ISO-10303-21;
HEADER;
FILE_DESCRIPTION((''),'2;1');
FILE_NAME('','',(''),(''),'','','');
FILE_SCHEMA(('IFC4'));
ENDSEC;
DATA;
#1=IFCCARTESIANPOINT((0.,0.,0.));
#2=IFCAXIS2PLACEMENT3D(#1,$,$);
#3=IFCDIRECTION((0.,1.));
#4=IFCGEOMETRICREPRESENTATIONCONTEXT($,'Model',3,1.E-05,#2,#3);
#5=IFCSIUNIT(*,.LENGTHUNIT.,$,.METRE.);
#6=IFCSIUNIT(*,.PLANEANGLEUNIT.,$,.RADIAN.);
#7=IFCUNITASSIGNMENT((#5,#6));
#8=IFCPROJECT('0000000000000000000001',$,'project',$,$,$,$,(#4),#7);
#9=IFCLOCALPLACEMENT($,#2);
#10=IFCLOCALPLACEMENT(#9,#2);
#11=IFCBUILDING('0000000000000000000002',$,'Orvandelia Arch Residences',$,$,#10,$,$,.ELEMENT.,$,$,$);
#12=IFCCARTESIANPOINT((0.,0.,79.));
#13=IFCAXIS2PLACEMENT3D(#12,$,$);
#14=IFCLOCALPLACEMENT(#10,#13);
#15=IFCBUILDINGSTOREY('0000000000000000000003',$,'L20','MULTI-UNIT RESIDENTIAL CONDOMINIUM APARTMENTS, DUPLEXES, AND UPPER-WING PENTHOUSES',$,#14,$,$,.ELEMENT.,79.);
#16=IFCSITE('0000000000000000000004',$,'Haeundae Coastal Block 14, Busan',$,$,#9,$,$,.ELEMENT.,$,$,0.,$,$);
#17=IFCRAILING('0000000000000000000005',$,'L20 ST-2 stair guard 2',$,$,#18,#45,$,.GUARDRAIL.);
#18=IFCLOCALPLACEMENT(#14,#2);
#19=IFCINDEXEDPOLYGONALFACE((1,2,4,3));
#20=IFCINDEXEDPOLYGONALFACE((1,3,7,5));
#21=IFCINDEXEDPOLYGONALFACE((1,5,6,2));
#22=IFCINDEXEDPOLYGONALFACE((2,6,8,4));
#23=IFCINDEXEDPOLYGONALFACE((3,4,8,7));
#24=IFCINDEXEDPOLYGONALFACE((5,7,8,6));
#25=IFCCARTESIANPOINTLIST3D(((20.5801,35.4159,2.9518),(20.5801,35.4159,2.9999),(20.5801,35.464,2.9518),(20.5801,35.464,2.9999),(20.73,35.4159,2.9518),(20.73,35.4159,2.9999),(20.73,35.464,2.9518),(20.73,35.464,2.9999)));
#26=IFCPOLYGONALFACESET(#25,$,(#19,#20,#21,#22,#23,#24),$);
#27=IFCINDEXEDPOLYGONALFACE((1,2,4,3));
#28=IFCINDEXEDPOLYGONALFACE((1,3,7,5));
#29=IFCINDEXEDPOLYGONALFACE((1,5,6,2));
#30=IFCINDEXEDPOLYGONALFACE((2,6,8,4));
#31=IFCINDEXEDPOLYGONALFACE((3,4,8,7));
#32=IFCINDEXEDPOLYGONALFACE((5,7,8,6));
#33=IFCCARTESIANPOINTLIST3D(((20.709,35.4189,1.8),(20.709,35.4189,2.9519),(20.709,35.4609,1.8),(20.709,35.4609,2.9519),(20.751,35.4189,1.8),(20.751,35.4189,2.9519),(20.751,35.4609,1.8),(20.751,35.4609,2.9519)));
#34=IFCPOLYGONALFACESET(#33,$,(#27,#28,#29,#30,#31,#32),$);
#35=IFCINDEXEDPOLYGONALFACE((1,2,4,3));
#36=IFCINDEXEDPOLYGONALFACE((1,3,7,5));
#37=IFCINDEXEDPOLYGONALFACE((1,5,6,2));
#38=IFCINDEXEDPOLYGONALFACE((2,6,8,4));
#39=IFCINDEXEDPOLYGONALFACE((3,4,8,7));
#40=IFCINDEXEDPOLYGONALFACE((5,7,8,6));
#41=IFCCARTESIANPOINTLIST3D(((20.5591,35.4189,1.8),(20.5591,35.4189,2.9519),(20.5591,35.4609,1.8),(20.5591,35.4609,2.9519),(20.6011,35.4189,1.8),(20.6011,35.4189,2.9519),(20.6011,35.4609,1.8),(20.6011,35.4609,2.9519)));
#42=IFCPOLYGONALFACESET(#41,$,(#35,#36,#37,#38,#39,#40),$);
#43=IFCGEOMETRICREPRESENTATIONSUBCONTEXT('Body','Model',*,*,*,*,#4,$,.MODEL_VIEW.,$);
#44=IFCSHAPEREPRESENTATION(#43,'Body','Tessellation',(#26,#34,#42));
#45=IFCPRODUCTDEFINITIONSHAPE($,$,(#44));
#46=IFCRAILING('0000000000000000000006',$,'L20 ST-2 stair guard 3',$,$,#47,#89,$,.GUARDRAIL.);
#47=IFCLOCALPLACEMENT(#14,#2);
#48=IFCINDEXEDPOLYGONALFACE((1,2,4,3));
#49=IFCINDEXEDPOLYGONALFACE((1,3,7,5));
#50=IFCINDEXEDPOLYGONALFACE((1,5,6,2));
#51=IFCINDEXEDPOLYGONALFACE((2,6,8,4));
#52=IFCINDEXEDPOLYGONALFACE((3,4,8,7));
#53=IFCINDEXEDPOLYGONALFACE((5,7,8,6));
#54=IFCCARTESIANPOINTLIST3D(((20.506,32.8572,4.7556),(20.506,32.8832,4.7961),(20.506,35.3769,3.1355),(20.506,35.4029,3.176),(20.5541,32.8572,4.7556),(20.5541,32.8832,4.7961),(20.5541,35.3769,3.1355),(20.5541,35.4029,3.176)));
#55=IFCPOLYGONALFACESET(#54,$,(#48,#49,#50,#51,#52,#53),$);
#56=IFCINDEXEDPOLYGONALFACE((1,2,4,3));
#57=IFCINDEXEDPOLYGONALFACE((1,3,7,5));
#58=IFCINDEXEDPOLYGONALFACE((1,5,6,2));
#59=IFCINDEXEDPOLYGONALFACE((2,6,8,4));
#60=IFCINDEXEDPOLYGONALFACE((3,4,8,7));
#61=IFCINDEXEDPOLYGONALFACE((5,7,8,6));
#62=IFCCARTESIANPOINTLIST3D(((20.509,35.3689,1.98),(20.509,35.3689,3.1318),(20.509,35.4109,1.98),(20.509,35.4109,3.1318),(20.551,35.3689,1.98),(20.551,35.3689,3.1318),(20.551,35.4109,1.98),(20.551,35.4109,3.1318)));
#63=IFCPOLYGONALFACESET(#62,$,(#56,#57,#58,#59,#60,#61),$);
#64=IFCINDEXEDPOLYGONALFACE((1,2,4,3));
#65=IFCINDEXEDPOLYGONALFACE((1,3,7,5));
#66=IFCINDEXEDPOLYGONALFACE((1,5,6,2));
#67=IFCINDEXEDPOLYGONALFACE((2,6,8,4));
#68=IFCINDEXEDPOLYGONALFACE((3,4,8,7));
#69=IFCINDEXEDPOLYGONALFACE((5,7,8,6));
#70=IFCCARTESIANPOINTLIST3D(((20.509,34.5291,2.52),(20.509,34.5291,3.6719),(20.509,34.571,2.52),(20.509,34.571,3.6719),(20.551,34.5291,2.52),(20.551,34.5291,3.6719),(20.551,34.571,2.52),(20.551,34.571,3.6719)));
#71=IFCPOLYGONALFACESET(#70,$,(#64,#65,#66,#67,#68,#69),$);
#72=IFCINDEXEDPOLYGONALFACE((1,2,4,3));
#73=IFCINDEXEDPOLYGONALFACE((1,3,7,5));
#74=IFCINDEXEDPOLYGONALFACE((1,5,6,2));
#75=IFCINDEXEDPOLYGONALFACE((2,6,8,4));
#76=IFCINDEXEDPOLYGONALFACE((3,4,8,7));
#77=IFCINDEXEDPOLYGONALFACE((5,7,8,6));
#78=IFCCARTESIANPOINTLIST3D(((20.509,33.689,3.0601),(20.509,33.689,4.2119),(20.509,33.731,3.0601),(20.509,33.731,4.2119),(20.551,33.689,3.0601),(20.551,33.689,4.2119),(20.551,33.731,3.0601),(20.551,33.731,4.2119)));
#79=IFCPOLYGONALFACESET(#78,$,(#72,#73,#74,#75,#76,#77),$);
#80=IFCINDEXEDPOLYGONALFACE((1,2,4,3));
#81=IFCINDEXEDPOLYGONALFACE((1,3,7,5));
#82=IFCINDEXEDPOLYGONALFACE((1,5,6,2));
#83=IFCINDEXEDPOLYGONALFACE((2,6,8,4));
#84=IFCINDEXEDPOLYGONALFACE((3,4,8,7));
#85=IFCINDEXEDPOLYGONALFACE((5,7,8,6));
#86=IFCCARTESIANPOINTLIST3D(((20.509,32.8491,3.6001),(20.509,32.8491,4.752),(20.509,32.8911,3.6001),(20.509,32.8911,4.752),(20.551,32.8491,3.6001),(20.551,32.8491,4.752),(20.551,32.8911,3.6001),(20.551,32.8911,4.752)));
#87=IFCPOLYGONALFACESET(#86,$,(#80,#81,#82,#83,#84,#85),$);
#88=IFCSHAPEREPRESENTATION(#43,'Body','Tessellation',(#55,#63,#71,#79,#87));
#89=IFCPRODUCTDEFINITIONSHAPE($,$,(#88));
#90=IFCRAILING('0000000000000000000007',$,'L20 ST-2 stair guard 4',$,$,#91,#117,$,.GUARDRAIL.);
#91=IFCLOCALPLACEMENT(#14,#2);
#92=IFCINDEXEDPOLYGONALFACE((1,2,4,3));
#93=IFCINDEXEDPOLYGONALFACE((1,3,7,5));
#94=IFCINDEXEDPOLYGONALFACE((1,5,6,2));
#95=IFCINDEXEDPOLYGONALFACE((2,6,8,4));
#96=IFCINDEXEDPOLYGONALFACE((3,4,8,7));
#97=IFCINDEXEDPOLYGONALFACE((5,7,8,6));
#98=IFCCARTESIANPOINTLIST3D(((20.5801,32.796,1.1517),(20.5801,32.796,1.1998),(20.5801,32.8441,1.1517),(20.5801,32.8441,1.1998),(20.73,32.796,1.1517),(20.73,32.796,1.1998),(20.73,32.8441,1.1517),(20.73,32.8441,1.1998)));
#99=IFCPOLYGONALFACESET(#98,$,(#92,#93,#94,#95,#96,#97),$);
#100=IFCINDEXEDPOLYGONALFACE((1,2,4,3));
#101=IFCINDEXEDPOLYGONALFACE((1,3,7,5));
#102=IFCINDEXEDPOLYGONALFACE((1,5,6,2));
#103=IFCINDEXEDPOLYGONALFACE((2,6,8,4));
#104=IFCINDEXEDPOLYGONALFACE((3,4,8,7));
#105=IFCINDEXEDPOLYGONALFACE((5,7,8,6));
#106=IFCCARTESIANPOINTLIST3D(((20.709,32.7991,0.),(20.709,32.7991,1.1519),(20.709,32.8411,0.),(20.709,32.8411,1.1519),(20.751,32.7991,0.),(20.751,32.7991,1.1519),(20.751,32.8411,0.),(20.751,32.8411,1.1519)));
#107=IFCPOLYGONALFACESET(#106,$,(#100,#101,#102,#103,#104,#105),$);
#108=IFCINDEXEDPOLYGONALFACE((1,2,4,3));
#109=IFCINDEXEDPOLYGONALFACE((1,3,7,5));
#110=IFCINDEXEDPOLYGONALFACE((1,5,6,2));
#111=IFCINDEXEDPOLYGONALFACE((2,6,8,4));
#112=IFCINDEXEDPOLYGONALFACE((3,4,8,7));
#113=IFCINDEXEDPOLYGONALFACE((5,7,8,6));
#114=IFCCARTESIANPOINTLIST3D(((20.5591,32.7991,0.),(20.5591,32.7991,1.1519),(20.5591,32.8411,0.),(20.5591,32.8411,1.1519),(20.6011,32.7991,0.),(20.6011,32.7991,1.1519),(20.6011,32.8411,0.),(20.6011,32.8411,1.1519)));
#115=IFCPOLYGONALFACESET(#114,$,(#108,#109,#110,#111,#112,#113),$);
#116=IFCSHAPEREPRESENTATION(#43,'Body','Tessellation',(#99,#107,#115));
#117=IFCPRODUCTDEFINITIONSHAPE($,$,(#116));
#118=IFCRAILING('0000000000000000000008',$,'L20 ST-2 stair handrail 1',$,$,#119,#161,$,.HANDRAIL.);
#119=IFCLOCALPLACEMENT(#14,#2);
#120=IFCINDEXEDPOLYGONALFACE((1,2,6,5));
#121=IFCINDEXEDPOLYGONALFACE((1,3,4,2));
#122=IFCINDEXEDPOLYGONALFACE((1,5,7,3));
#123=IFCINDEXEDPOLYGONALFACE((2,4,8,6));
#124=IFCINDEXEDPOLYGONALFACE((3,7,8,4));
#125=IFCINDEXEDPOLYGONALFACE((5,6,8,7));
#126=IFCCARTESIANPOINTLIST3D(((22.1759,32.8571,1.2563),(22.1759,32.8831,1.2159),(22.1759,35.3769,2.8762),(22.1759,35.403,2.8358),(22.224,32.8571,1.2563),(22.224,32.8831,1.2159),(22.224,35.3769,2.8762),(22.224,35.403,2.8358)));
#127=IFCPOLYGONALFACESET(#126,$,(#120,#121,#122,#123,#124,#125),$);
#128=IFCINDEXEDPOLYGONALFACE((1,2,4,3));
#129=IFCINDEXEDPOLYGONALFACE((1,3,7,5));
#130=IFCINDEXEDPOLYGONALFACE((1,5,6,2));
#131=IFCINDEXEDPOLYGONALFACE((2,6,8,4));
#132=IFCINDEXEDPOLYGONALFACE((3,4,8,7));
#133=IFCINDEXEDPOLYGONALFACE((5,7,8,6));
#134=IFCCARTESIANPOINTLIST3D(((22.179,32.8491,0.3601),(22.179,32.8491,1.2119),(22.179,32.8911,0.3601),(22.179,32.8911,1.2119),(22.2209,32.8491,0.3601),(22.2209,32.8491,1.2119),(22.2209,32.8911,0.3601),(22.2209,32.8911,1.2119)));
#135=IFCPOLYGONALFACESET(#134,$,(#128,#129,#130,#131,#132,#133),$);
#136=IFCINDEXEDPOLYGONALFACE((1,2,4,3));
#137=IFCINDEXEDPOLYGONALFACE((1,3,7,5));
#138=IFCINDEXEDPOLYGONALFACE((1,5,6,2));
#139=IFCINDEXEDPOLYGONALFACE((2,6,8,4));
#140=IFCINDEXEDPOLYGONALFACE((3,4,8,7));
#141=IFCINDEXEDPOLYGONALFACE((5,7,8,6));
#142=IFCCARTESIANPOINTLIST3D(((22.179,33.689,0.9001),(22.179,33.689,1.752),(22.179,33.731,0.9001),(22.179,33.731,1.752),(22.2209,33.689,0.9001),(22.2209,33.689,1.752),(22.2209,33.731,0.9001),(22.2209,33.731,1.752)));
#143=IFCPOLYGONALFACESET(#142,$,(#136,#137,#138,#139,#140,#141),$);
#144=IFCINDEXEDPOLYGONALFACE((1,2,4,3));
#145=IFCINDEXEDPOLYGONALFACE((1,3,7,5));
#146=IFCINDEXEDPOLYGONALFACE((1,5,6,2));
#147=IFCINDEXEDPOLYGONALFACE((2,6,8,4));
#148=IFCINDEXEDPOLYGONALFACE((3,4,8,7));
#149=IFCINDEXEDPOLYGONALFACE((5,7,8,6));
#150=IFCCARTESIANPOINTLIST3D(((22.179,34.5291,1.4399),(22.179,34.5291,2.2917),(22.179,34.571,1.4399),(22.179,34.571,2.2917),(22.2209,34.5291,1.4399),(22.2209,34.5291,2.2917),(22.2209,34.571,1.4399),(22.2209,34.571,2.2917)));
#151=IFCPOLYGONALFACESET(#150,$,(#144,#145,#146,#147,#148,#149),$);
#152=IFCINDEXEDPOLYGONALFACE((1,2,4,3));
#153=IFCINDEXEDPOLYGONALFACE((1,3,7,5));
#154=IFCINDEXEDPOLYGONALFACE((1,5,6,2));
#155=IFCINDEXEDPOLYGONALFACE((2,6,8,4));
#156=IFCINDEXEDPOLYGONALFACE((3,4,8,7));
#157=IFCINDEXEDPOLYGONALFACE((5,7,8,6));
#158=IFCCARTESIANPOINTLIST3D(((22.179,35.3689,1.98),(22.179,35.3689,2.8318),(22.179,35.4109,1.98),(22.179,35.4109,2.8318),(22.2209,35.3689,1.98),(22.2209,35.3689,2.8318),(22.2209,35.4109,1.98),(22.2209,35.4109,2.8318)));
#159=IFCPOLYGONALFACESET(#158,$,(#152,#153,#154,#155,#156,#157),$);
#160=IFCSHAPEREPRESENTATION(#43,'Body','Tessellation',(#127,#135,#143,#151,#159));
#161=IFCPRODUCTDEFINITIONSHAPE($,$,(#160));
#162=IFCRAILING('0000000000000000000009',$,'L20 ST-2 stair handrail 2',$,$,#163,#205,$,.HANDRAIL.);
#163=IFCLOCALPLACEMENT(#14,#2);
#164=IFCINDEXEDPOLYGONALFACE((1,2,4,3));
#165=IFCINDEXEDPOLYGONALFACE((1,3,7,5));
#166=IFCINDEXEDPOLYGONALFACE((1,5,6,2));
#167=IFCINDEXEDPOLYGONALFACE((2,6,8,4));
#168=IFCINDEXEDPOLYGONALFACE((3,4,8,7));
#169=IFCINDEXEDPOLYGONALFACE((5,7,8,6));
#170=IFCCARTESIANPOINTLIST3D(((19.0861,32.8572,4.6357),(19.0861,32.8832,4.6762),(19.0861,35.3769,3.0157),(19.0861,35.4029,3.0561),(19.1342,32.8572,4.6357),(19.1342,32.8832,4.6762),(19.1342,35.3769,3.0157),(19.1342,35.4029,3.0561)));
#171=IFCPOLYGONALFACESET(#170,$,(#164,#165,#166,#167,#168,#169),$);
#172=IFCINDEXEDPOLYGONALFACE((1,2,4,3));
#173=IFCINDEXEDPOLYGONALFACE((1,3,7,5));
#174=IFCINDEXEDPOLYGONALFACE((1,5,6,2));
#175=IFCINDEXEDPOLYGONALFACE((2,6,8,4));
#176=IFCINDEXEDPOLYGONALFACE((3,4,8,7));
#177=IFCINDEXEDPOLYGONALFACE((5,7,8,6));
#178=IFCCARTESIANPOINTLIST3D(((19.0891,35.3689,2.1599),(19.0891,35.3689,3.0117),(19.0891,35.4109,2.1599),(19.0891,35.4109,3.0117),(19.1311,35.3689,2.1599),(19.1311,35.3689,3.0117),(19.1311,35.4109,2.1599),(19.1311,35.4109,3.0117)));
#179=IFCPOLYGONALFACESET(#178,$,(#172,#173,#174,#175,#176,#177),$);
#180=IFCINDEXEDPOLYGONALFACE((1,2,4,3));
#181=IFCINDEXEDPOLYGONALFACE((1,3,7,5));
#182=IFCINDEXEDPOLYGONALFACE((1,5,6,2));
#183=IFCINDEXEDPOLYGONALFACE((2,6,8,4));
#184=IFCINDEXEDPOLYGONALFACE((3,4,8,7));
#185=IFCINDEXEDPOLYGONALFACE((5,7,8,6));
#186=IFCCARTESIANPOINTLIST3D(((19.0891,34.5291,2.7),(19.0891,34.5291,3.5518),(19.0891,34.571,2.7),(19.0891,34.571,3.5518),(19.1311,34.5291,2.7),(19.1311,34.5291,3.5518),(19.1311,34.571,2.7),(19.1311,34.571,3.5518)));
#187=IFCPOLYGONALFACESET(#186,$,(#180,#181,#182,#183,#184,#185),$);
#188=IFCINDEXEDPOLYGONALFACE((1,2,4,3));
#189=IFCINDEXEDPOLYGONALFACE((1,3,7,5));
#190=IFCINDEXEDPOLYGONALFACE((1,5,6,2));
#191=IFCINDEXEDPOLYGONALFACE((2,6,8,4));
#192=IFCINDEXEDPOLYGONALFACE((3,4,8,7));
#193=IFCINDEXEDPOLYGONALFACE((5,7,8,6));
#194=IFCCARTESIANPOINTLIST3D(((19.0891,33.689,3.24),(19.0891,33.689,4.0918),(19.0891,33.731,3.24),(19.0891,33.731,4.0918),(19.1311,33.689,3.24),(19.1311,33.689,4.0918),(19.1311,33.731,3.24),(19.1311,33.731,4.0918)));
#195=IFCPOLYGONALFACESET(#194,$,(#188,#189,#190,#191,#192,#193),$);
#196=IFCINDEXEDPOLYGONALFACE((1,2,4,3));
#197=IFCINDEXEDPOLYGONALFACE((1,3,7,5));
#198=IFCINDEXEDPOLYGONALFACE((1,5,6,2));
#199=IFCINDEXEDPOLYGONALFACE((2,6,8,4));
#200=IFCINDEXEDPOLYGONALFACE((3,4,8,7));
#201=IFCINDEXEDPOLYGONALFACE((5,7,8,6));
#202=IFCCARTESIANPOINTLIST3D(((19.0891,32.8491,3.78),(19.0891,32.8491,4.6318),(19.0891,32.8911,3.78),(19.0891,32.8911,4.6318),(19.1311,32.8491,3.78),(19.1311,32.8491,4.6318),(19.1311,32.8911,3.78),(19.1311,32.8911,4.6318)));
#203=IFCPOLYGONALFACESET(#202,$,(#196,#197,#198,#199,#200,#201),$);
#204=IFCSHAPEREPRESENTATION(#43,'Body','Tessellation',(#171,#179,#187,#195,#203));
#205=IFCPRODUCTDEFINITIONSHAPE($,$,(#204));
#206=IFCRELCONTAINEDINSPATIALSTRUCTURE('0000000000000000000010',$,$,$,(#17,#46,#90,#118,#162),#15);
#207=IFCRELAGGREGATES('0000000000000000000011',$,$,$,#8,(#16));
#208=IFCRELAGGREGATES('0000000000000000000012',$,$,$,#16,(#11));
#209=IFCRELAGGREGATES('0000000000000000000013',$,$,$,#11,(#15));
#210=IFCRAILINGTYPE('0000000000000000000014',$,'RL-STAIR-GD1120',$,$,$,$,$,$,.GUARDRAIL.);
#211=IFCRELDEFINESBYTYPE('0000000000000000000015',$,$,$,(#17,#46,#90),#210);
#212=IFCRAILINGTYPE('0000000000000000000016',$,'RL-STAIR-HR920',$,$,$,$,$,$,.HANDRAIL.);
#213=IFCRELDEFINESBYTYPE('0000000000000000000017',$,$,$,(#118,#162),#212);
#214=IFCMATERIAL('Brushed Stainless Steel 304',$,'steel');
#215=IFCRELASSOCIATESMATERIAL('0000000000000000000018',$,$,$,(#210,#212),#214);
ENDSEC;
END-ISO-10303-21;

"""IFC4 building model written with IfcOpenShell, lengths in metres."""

from ifc_helpers import new_model, si_unit, direction, frame, origin, origin_2d, place, context, subcontext, project, spatial, rectangle, extrude, material, type_object, element, save


model = new_model("IFC4")

# Units and contexts
model_context = context("Model", 3, precision=1e-05, world=origin(), true_north=direction((0.0, 1.0)))
body_context = subcontext(model_context, "Body", "Model", "MODEL_VIEW")
ifc_project = project(units=[si_unit("LENGTHUNIT", "METRE"), si_unit("PLANEANGLEUNIT", "RADIAN")], contexts=[model_context])

# Site, building, storey
site_placement = place(None, origin())
site = spatial("IfcSite", under=ifc_project, at=site_placement, Name="Haeundae Coastal Block 14, Busan", CompositionType="ELEMENT", RefElevation=0.0)
building_placement = place(site_placement, origin())
building = spatial("IfcBuilding", under=site, at=building_placement, Name="Orvandelia Arch Residences", CompositionType="ELEMENT")
storey_placement = place(building_placement, frame((0.0, 0.0, 79.0)))
storey = spatial("IfcBuildingStorey", under=building, at=storey_placement, Name="L20", Description="MULTI-UNIT RESIDENTIAL CONDOMINIUM APARTMENTS, DUPLEXES, AND UPPER-WING PENTHOUSES", CompositionType="ELEMENT", Elevation=79.0)

# Railings
ifc_material_1 = material(Name="Brushed Stainless Steel 304", Category="steel")
railing_type_1 = type_object("IfcRailingType", Name="RL-STAIR-GD1120", PredefinedType="GUARDRAIL", material=ifc_material_1)
railing_1_placement = place(storey_placement, frame((20.73, 35.4399, 1.8)))
element("IfcRailing", 1, at=railing_1_placement, inside=storey, type_object=railing_type_1, Name="L20 ST-2 stair guard 2", PredefinedType="GUARDRAIL", context=body_context, shape_type="SweptSolid", body=[
    extrude(rectangle(XDim=0.0481, YDim=0.0481, at=origin_2d()), frame((0.0, 0.0, 1.1758), z_axis=(-1.0, 0.0, 0.0), x_axis=(0.0, -1.0, 0.0)), (0.0, 0.0, 1.0), 0.1499),
    extrude(rectangle(XDim=0.042, YDim=0.042, at=origin_2d()), origin(), (0.0, 0.0, 1.0), 1.1519),
    extrude(rectangle(XDim=0.042, YDim=0.042, at=origin_2d()), frame((-0.1499, 0.0, 0.0)), (0.0, 0.0, 1.0), 1.1519),
])
railing_2_placement = place(storey_placement, frame((20.53, 35.3899, 1.98)))
element("IfcRailing", 2, at=railing_2_placement, inside=storey, type_object=railing_type_1, Name="L20 ST-2 stair guard 3", PredefinedType="GUARDRAIL", context=body_context, shape_type="SweptSolid", body=[
    extrude(rectangle(XDim=0.0481, YDim=0.0481, at=origin_2d()), frame((0.0, 0.0, 1.1758), z_axis=(0.0, -0.841139, 0.540819), x_axis=(1.0, 0.0, 0.0)), (0.0, 0.0, 1.0), 2.9956),
    extrude(rectangle(XDim=0.042, YDim=0.042, at=origin_2d()), origin(), (0.0, 0.0, 1.0), 1.1519),
    extrude(rectangle(XDim=0.042, YDim=0.042, at=origin_2d()), frame((0.0, -0.8398, 0.54)), (0.0, 0.0, 1.0), 1.1519),
    extrude(rectangle(XDim=0.042, YDim=0.042, at=origin_2d()), frame((0.0, -1.6799, 1.0801)), (0.0, 0.0, 1.0), 1.1519),
    extrude(rectangle(XDim=0.042, YDim=0.042, at=origin_2d()), frame((0.0, -2.5198, 1.6201)), (0.0, 0.0, 1.0), 1.1519),
])
railing_3_placement = place(storey_placement, frame((20.73, 32.8201, 0.0)))
element("IfcRailing", 3, at=railing_3_placement, inside=storey, type_object=railing_type_1, Name="L20 ST-2 stair guard 4", PredefinedType="GUARDRAIL", context=body_context, shape_type="SweptSolid", body=[
    extrude(rectangle(XDim=0.0481, YDim=0.0481, at=origin_2d()), frame((0.0, 0.0, 1.1758), z_axis=(-1.0, 0.0, 0.0), x_axis=(0.0, -1.0, 0.0)), (0.0, 0.0, 1.0), 0.1499),
    extrude(rectangle(XDim=0.042, YDim=0.042, at=origin_2d()), origin(), (0.0, 0.0, 1.0), 1.1519),
    extrude(rectangle(XDim=0.042, YDim=0.042, at=origin_2d()), frame((-0.1499, 0.0, 0.0)), (0.0, 0.0, 1.0), 1.1519),
])
railing_type_2 = type_object("IfcRailingType", Name="RL-STAIR-HR920", PredefinedType="HANDRAIL", material=ifc_material_1)
railing_4_placement = place(storey_placement, frame((22.2, 32.8701, 0.3601)))
element("IfcRailing", 4, at=railing_4_placement, inside=storey, type_object=railing_type_2, Name="L20 ST-2 stair handrail 1", PredefinedType="HANDRAIL", context=body_context, shape_type="SweptSolid", body=[
    extrude(rectangle(XDim=0.0481, YDim=0.0481, at=origin_2d()), frame((0.0, 0.0, 0.876), z_axis=(0.0, 0.841176, 0.540762), x_axis=(-1.0, 0.0, 0.0)), (0.0, 0.0, 1.0), 2.9956),
    extrude(rectangle(XDim=0.042, YDim=0.042, at=origin_2d()), origin(), (0.0, 0.0, 1.0), 0.8518),
    extrude(rectangle(XDim=0.042, YDim=0.042, at=origin_2d()), frame((0.0, 0.8398, 0.54)), (0.0, 0.0, 1.0), 0.8518),
    extrude(rectangle(XDim=0.042, YDim=0.042, at=origin_2d()), frame((0.0, 1.6799, 1.0798)), (0.0, 0.0, 1.0), 0.8518),
    extrude(rectangle(XDim=0.042, YDim=0.042, at=origin_2d()), frame((0.0, 2.5198, 1.6199)), (0.0, 0.0, 1.0), 0.8518),
])
railing_5_placement = place(storey_placement, frame((19.1101, 35.3899, 2.1599)))
element("IfcRailing", 5, at=railing_5_placement, inside=storey, type_object=railing_type_2, Name="L20 ST-2 stair handrail 2", PredefinedType="HANDRAIL", context=body_context, shape_type="SweptSolid", body=[
    extrude(rectangle(XDim=0.0481, YDim=0.0481, at=origin_2d()), frame((0.0, 0.0, 0.876), z_axis=(0.0, -0.841139, 0.540819), x_axis=(1.0, 0.0, 0.0)), (0.0, 0.0, 1.0), 2.9956),
    extrude(rectangle(XDim=0.042, YDim=0.042, at=origin_2d()), origin(), (0.0, 0.0, 1.0), 0.8518),
    extrude(rectangle(XDim=0.042, YDim=0.042, at=origin_2d()), frame((0.0, -0.8398, 0.54)), (0.0, 0.0, 1.0), 0.8518),
    extrude(rectangle(XDim=0.042, YDim=0.042, at=origin_2d()), frame((0.0, -1.6799, 1.0801)), (0.0, 0.0, 1.0), 0.8518),
    extrude(rectangle(XDim=0.042, YDim=0.042, at=origin_2d()), frame((0.0, -2.5198, 1.6201)), (0.0, 0.0, 1.0), 0.8518),
])

save(model, "model.ifc")
